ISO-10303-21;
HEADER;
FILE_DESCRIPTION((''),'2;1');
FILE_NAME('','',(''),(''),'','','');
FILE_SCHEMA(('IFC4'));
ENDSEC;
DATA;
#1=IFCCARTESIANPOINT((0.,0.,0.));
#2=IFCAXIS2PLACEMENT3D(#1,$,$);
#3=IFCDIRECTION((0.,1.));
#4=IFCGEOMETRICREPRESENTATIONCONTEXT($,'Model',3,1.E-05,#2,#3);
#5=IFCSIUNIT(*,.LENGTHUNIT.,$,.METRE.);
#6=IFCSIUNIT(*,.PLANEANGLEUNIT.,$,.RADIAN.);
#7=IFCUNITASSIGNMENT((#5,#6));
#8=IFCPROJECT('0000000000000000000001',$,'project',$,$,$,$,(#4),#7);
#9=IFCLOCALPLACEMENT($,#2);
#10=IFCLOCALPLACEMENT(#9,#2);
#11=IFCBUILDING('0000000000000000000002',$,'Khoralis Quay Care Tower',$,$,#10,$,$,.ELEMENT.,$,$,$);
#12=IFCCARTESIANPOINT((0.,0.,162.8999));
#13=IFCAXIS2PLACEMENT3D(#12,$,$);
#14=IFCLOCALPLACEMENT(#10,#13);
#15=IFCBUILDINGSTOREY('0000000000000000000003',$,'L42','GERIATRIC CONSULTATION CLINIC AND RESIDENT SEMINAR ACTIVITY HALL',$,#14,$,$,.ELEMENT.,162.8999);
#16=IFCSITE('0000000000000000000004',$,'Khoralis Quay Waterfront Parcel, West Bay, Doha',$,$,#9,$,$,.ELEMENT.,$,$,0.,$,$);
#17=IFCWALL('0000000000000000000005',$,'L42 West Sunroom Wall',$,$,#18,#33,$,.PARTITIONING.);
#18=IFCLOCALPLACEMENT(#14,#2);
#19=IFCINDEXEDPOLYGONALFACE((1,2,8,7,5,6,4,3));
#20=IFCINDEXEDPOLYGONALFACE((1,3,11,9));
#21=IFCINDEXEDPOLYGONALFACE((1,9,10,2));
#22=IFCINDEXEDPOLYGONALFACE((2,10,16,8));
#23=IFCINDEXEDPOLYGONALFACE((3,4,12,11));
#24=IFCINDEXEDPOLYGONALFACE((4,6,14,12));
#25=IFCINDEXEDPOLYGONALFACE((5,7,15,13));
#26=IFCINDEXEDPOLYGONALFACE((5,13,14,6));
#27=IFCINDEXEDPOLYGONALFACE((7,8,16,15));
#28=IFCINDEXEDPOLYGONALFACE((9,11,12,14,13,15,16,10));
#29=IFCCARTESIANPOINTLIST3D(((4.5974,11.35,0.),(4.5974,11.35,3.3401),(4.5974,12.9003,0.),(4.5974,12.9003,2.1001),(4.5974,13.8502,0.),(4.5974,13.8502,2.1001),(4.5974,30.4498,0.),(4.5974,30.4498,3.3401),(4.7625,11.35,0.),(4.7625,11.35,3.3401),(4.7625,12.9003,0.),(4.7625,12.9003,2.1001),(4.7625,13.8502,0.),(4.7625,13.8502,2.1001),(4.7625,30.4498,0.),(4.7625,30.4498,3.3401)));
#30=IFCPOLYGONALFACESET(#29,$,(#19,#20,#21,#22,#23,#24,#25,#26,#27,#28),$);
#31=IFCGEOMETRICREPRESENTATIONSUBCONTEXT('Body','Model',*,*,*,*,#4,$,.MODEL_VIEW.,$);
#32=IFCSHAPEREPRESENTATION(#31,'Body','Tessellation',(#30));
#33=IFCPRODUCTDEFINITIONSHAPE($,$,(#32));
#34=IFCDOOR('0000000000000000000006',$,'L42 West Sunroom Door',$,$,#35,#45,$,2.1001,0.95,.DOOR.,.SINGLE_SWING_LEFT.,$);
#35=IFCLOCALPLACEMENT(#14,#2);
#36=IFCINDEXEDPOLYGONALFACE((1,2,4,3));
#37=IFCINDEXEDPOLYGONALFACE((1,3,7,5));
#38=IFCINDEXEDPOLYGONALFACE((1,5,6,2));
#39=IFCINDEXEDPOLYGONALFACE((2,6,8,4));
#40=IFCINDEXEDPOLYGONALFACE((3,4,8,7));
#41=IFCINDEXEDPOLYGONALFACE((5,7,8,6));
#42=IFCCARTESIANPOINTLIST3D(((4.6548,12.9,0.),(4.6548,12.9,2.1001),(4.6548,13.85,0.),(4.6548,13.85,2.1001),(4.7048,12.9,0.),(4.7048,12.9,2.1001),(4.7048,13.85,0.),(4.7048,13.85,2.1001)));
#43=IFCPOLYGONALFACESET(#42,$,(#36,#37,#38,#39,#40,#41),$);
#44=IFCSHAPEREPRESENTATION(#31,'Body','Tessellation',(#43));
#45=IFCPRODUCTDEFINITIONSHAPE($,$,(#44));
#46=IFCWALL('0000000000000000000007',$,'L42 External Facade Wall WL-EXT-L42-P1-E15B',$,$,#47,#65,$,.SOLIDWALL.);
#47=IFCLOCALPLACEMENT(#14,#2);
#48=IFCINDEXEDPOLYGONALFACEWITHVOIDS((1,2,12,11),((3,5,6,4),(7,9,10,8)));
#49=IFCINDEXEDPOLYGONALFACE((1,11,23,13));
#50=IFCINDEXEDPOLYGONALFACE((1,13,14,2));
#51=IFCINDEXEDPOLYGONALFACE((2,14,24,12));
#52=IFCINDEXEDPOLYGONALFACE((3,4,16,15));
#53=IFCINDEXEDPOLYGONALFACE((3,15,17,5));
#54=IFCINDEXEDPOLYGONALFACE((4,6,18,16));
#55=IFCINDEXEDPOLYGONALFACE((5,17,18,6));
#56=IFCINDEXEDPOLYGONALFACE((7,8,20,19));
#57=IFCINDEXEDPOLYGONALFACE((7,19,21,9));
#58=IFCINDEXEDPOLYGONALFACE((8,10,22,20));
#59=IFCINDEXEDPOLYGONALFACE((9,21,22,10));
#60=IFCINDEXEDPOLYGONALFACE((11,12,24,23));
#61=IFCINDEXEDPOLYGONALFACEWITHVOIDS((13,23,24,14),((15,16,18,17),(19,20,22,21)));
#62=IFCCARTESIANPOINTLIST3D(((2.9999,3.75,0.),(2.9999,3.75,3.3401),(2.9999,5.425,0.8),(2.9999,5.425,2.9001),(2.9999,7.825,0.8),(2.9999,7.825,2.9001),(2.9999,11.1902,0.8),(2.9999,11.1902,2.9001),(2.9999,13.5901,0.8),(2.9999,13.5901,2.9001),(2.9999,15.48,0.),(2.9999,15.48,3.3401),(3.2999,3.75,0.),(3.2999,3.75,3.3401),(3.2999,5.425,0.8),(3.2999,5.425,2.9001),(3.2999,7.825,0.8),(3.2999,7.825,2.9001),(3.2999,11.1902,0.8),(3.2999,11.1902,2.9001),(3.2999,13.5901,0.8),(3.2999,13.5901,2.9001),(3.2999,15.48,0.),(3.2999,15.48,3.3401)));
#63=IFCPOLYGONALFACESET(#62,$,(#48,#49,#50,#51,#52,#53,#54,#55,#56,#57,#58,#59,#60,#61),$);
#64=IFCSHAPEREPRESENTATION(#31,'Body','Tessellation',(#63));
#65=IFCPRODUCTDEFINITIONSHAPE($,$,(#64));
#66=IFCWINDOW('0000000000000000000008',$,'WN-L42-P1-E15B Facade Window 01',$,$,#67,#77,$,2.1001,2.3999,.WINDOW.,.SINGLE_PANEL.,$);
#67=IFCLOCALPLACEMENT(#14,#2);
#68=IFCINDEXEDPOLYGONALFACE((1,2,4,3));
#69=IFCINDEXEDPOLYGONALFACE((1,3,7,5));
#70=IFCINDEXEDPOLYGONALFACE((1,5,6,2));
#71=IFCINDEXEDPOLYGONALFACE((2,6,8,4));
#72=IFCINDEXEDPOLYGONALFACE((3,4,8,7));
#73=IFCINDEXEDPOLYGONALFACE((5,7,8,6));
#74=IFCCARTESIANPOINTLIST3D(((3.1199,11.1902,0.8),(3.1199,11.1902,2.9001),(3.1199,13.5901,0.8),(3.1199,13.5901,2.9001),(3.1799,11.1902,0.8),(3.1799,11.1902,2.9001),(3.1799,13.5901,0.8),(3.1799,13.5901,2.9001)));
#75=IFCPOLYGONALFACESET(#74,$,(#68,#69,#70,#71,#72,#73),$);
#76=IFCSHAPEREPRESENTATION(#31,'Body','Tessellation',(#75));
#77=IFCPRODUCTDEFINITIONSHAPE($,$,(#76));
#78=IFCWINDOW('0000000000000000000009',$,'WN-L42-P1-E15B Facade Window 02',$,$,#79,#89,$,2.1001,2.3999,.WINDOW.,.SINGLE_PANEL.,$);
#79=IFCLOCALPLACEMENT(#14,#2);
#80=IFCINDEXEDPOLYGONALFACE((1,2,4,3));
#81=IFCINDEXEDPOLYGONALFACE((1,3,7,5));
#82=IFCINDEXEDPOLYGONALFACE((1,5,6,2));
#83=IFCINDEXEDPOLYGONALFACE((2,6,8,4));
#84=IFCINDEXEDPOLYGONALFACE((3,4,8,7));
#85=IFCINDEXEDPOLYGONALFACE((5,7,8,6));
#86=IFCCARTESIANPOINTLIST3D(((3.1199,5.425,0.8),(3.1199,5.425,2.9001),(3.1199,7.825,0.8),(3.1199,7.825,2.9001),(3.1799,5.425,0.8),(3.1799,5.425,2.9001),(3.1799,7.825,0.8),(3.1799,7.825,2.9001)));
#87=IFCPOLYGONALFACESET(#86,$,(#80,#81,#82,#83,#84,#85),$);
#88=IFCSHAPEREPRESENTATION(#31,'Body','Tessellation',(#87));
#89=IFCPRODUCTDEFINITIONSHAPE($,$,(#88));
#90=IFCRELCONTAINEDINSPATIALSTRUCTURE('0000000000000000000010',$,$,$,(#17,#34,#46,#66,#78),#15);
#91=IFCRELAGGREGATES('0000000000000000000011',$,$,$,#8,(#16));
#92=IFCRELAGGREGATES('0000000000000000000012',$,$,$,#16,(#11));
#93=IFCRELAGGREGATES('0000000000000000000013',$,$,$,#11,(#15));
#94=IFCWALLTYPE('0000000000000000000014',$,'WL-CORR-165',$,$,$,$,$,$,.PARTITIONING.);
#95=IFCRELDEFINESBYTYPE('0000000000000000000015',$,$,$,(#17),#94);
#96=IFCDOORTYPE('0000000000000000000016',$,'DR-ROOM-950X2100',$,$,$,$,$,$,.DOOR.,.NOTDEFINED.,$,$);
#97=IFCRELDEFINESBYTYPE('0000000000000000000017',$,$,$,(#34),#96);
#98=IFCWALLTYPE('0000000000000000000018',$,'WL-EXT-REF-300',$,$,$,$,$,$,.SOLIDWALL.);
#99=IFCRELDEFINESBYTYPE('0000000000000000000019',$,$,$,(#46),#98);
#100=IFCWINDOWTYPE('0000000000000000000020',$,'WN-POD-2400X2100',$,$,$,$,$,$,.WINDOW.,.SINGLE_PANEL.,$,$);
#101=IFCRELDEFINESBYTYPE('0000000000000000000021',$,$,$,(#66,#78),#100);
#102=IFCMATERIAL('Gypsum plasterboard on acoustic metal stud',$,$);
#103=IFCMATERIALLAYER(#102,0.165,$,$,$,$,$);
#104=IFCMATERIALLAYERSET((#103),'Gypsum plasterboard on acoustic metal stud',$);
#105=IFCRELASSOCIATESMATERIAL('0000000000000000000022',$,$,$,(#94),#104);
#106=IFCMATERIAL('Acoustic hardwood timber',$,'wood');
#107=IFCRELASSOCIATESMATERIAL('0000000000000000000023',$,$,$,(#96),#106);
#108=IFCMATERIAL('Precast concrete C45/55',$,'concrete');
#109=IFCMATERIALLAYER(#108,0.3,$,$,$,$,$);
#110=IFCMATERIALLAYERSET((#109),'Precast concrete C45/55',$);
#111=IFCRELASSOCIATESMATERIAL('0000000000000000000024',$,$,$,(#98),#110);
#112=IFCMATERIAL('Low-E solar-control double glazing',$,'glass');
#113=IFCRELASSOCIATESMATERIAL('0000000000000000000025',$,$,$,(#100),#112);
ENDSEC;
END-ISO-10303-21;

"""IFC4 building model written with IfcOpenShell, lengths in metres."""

from ifc_helpers import new_model, si_unit, direction, frame, frame_2d, origin, place, context, subcontext, project, spatial, rectangle, extrude, source, transform, mapped, material, layer, layer_set, type_object, element, fill, save


model = new_model("IFC4")

# Units and contexts
model_context = context("Model", 3, precision=1e-05, world=origin(), true_north=direction((0.0, 1.0)))
body_context = subcontext(model_context, "Body", "Model", "MODEL_VIEW")
ifc_project = project(units=[si_unit("LENGTHUNIT", "METRE"), si_unit("PLANEANGLEUNIT", "RADIAN")], contexts=[model_context])

# Site, building, storey
site_placement = place(None, origin())
site = spatial("IfcSite", under=ifc_project, at=site_placement, Name="Khoralis Quay Waterfront Parcel, West Bay, Doha", CompositionType="ELEMENT", RefElevation=0.0)
building_placement = place(site_placement, origin())
building = spatial("IfcBuilding", under=site, at=building_placement, Name="Khoralis Quay Care Tower", CompositionType="ELEMENT")
storey_placement = place(building_placement, frame((0.0, 0.0, 162.8999)))
storey = spatial("IfcBuildingStorey", under=building, at=storey_placement, Name="L42", Description="GERIATRIC CONSULTATION CLINIC AND RESIDENT SEMINAR ACTIVITY HALL", CompositionType="ELEMENT", Elevation=162.8999)

# Shared definitions
ifc_material_1 = material(Name="Gypsum plasterboard on acoustic metal stud")
ifc_layer_1 = layer(ifc_material_1, 0.165)
ifc_layer_set_1 = layer_set([ifc_layer_1], Name="Gypsum plasterboard on acoustic metal stud")
wall_type_1 = type_object("IfcWallType", Name="WL-CORR-165", PredefinedType="PARTITIONING", material=ifc_layer_set_1)
ifc_material_2 = material(Name="Acoustic hardwood timber", Category="wood")
door_type_1 = type_object("IfcDoorType", Name="DR-ROOM-950X2100", OperationType="NOTDEFINED", PredefinedType="DOOR", material=ifc_material_2)
shared_shape_1 = source(origin(), body_context, "Body", "SweptSolid", [
    extrude(rectangle(XDim=0.95, YDim=2.1001, at=frame_2d((0.4751, 1.05))), frame((0.0, 0.0249, 0.0), z_axis=(0.0, -1.0, 0.0), x_axis=(1.0, 0.0, 0.0)), (0.0, 0.0, 1.0), 0.05),
])

# Wall, opening, door
wall_1_placement = place(storey_placement, frame((4.6799, 11.3501, 0.0), z_axis=(0.0, 0.0, 1.0), x_axis=(0.0, 1.0, 0.0)))
wall_1 = element("IfcWall", 1, at=wall_1_placement, inside=storey, type_object=wall_type_1, Name="L42 West Sunroom Wall", PredefinedType="PARTITIONING", context=body_context, shape_type="SweptSolid", body=[
    extrude(rectangle(XDim=19.0999, YDim=0.165, at=frame_2d((9.5498, 0.0))), origin(), (0.0, 0.0, 1.0), 3.3401),
])
opening_1_placement = place(wall_1_placement, frame((1.55, 0.0, 0.0)))
opening_1 = element("IfcOpeningElement", 2, at=opening_1_placement, cuts=wall_1, PredefinedType="OPENING", context=body_context, shape_type="SweptSolid", body=[
    extrude(rectangle(XDim=0.95, YDim=2.1001, at=frame_2d((0.4751, 1.05))), frame((0.0, 0.0925, 0.0), z_axis=(0.0, -1.0, 0.0), x_axis=(1.0, 0.0, 0.0)), (0.0, 0.0, 1.0), 0.1851),
])
door_1_placement = place(opening_1_placement, frame((0.95, 0.0, 0.0), z_axis=(0.0, 0.0, 1.0), x_axis=(-1.0, 0.0, 0.0)))
door_1 = element("IfcDoor", 3, at=door_1_placement, inside=storey, type_object=door_type_1, Name="L42 West Sunroom Door", OperationType="SINGLE_SWING_LEFT", OverallHeight=2.1001, OverallWidth=0.95, PredefinedType="DOOR", context=body_context, shape_type="MappedRepresentation", body=[
    mapped(shared_shape_1, transform((0.0, 0.0, 0.0), scale=1.0)),
])
fill(opening_1, door_1)

# Wall, openings, windows
ifc_material_3 = material(Name="Precast concrete C45/55", Category="concrete")
ifc_layer_2 = layer(ifc_material_3, 0.3)
ifc_layer_set_2 = layer_set([ifc_layer_2], Name="Precast concrete C45/55")
wall_type_2 = type_object("IfcWallType", Name="WL-EXT-REF-300", PredefinedType="SOLIDWALL", material=ifc_layer_set_2)
wall_2_placement = place(storey_placement, frame((3.1499, 15.48, 0.0), z_axis=(0.0, 0.0, 1.0), x_axis=(0.0, -1.0, 0.0)))
wall_2 = element("IfcWall", 4, at=wall_2_placement, inside=storey, type_object=wall_type_2, Name="L42 External Facade Wall WL-EXT-L42-P1-E15B", PredefinedType="SOLIDWALL", context=body_context, shape_type="SweptSolid", body=[
    extrude(rectangle(XDim=11.73, YDim=0.3, at=frame_2d((5.865, 0.0))), origin(), (0.0, 0.0, 1.0), 3.3401),
])
opening_2_placement = place(wall_2_placement, frame((1.8899, 0.0, 0.8)))
opening_2 = element("IfcOpeningElement", 5, at=opening_2_placement, cuts=wall_2, PredefinedType="OPENING", context=body_context, shape_type="SweptSolid", body=[
    extrude(rectangle(XDim=2.3999, YDim=2.1001, at=frame_2d((1.2, 1.05))), frame((0.0, 0.1602, 0.0), z_axis=(0.0, -1.0, 0.0), x_axis=(1.0, 0.0, 0.0)), (0.0, 0.0, 1.0), 0.3201),
])
opening_3_placement = place(wall_2_placement, frame((7.655, 0.0, 0.8)))
opening_3 = element("IfcOpeningElement", 6, at=opening_3_placement, cuts=wall_2, PredefinedType="OPENING", context=body_context, shape_type="SweptSolid", body=[
    extrude(rectangle(XDim=2.3999, YDim=2.1001, at=frame_2d((1.2, 1.05))), frame((0.0, 0.1602, 0.0), z_axis=(0.0, -1.0, 0.0), x_axis=(1.0, 0.0, 0.0)), (0.0, 0.0, 1.0), 0.3201),
])
ifc_material_4 = material(Name="Low-E solar-control double glazing", Category="glass")
window_type = type_object("IfcWindowType", Name="WN-POD-2400X2100", PartitioningType="SINGLE_PANEL", PredefinedType="WINDOW", material=ifc_material_4)
shared_shape_2 = source(origin(), body_context, "Body", "SweptSolid", [
    extrude(rectangle(XDim=2.3999, YDim=2.1001, at=frame_2d((1.2, 1.05))), frame((0.0, 0.03, 0.0), z_axis=(0.0, -1.0, 0.0), x_axis=(1.0, 0.0, 0.0)), (0.0, 0.0, 1.0), 0.0601),
])
window_1_placement = place(opening_2_placement, origin())
window_1 = element("IfcWindow", 7, at=window_1_placement, inside=storey, type_object=window_type, Name="WN-L42-P1-E15B Facade Window 01", OverallHeight=2.1001, OverallWidth=2.3999, PartitioningType="SINGLE_PANEL", PredefinedType="WINDOW", context=body_context, shape_type="MappedRepresentation", body=[
    mapped(shared_shape_2, transform((0.0, 0.0, 0.0), scale=1.0)),
])
fill(opening_2, window_1)
window_2_placement = place(opening_3_placement, origin())
window_2 = element("IfcWindow", 8, at=window_2_placement, inside=storey, type_object=window_type, Name="WN-L42-P1-E15B Facade Window 02", OverallHeight=2.1001, OverallWidth=2.3999, PartitioningType="SINGLE_PANEL", PredefinedType="WINDOW", context=body_context, shape_type="MappedRepresentation", body=[
    mapped(shared_shape_2, transform((0.0, 0.0, 0.0), scale=1.0)),
])
fill(opening_3, window_2)

save(model, "model.ifc")
